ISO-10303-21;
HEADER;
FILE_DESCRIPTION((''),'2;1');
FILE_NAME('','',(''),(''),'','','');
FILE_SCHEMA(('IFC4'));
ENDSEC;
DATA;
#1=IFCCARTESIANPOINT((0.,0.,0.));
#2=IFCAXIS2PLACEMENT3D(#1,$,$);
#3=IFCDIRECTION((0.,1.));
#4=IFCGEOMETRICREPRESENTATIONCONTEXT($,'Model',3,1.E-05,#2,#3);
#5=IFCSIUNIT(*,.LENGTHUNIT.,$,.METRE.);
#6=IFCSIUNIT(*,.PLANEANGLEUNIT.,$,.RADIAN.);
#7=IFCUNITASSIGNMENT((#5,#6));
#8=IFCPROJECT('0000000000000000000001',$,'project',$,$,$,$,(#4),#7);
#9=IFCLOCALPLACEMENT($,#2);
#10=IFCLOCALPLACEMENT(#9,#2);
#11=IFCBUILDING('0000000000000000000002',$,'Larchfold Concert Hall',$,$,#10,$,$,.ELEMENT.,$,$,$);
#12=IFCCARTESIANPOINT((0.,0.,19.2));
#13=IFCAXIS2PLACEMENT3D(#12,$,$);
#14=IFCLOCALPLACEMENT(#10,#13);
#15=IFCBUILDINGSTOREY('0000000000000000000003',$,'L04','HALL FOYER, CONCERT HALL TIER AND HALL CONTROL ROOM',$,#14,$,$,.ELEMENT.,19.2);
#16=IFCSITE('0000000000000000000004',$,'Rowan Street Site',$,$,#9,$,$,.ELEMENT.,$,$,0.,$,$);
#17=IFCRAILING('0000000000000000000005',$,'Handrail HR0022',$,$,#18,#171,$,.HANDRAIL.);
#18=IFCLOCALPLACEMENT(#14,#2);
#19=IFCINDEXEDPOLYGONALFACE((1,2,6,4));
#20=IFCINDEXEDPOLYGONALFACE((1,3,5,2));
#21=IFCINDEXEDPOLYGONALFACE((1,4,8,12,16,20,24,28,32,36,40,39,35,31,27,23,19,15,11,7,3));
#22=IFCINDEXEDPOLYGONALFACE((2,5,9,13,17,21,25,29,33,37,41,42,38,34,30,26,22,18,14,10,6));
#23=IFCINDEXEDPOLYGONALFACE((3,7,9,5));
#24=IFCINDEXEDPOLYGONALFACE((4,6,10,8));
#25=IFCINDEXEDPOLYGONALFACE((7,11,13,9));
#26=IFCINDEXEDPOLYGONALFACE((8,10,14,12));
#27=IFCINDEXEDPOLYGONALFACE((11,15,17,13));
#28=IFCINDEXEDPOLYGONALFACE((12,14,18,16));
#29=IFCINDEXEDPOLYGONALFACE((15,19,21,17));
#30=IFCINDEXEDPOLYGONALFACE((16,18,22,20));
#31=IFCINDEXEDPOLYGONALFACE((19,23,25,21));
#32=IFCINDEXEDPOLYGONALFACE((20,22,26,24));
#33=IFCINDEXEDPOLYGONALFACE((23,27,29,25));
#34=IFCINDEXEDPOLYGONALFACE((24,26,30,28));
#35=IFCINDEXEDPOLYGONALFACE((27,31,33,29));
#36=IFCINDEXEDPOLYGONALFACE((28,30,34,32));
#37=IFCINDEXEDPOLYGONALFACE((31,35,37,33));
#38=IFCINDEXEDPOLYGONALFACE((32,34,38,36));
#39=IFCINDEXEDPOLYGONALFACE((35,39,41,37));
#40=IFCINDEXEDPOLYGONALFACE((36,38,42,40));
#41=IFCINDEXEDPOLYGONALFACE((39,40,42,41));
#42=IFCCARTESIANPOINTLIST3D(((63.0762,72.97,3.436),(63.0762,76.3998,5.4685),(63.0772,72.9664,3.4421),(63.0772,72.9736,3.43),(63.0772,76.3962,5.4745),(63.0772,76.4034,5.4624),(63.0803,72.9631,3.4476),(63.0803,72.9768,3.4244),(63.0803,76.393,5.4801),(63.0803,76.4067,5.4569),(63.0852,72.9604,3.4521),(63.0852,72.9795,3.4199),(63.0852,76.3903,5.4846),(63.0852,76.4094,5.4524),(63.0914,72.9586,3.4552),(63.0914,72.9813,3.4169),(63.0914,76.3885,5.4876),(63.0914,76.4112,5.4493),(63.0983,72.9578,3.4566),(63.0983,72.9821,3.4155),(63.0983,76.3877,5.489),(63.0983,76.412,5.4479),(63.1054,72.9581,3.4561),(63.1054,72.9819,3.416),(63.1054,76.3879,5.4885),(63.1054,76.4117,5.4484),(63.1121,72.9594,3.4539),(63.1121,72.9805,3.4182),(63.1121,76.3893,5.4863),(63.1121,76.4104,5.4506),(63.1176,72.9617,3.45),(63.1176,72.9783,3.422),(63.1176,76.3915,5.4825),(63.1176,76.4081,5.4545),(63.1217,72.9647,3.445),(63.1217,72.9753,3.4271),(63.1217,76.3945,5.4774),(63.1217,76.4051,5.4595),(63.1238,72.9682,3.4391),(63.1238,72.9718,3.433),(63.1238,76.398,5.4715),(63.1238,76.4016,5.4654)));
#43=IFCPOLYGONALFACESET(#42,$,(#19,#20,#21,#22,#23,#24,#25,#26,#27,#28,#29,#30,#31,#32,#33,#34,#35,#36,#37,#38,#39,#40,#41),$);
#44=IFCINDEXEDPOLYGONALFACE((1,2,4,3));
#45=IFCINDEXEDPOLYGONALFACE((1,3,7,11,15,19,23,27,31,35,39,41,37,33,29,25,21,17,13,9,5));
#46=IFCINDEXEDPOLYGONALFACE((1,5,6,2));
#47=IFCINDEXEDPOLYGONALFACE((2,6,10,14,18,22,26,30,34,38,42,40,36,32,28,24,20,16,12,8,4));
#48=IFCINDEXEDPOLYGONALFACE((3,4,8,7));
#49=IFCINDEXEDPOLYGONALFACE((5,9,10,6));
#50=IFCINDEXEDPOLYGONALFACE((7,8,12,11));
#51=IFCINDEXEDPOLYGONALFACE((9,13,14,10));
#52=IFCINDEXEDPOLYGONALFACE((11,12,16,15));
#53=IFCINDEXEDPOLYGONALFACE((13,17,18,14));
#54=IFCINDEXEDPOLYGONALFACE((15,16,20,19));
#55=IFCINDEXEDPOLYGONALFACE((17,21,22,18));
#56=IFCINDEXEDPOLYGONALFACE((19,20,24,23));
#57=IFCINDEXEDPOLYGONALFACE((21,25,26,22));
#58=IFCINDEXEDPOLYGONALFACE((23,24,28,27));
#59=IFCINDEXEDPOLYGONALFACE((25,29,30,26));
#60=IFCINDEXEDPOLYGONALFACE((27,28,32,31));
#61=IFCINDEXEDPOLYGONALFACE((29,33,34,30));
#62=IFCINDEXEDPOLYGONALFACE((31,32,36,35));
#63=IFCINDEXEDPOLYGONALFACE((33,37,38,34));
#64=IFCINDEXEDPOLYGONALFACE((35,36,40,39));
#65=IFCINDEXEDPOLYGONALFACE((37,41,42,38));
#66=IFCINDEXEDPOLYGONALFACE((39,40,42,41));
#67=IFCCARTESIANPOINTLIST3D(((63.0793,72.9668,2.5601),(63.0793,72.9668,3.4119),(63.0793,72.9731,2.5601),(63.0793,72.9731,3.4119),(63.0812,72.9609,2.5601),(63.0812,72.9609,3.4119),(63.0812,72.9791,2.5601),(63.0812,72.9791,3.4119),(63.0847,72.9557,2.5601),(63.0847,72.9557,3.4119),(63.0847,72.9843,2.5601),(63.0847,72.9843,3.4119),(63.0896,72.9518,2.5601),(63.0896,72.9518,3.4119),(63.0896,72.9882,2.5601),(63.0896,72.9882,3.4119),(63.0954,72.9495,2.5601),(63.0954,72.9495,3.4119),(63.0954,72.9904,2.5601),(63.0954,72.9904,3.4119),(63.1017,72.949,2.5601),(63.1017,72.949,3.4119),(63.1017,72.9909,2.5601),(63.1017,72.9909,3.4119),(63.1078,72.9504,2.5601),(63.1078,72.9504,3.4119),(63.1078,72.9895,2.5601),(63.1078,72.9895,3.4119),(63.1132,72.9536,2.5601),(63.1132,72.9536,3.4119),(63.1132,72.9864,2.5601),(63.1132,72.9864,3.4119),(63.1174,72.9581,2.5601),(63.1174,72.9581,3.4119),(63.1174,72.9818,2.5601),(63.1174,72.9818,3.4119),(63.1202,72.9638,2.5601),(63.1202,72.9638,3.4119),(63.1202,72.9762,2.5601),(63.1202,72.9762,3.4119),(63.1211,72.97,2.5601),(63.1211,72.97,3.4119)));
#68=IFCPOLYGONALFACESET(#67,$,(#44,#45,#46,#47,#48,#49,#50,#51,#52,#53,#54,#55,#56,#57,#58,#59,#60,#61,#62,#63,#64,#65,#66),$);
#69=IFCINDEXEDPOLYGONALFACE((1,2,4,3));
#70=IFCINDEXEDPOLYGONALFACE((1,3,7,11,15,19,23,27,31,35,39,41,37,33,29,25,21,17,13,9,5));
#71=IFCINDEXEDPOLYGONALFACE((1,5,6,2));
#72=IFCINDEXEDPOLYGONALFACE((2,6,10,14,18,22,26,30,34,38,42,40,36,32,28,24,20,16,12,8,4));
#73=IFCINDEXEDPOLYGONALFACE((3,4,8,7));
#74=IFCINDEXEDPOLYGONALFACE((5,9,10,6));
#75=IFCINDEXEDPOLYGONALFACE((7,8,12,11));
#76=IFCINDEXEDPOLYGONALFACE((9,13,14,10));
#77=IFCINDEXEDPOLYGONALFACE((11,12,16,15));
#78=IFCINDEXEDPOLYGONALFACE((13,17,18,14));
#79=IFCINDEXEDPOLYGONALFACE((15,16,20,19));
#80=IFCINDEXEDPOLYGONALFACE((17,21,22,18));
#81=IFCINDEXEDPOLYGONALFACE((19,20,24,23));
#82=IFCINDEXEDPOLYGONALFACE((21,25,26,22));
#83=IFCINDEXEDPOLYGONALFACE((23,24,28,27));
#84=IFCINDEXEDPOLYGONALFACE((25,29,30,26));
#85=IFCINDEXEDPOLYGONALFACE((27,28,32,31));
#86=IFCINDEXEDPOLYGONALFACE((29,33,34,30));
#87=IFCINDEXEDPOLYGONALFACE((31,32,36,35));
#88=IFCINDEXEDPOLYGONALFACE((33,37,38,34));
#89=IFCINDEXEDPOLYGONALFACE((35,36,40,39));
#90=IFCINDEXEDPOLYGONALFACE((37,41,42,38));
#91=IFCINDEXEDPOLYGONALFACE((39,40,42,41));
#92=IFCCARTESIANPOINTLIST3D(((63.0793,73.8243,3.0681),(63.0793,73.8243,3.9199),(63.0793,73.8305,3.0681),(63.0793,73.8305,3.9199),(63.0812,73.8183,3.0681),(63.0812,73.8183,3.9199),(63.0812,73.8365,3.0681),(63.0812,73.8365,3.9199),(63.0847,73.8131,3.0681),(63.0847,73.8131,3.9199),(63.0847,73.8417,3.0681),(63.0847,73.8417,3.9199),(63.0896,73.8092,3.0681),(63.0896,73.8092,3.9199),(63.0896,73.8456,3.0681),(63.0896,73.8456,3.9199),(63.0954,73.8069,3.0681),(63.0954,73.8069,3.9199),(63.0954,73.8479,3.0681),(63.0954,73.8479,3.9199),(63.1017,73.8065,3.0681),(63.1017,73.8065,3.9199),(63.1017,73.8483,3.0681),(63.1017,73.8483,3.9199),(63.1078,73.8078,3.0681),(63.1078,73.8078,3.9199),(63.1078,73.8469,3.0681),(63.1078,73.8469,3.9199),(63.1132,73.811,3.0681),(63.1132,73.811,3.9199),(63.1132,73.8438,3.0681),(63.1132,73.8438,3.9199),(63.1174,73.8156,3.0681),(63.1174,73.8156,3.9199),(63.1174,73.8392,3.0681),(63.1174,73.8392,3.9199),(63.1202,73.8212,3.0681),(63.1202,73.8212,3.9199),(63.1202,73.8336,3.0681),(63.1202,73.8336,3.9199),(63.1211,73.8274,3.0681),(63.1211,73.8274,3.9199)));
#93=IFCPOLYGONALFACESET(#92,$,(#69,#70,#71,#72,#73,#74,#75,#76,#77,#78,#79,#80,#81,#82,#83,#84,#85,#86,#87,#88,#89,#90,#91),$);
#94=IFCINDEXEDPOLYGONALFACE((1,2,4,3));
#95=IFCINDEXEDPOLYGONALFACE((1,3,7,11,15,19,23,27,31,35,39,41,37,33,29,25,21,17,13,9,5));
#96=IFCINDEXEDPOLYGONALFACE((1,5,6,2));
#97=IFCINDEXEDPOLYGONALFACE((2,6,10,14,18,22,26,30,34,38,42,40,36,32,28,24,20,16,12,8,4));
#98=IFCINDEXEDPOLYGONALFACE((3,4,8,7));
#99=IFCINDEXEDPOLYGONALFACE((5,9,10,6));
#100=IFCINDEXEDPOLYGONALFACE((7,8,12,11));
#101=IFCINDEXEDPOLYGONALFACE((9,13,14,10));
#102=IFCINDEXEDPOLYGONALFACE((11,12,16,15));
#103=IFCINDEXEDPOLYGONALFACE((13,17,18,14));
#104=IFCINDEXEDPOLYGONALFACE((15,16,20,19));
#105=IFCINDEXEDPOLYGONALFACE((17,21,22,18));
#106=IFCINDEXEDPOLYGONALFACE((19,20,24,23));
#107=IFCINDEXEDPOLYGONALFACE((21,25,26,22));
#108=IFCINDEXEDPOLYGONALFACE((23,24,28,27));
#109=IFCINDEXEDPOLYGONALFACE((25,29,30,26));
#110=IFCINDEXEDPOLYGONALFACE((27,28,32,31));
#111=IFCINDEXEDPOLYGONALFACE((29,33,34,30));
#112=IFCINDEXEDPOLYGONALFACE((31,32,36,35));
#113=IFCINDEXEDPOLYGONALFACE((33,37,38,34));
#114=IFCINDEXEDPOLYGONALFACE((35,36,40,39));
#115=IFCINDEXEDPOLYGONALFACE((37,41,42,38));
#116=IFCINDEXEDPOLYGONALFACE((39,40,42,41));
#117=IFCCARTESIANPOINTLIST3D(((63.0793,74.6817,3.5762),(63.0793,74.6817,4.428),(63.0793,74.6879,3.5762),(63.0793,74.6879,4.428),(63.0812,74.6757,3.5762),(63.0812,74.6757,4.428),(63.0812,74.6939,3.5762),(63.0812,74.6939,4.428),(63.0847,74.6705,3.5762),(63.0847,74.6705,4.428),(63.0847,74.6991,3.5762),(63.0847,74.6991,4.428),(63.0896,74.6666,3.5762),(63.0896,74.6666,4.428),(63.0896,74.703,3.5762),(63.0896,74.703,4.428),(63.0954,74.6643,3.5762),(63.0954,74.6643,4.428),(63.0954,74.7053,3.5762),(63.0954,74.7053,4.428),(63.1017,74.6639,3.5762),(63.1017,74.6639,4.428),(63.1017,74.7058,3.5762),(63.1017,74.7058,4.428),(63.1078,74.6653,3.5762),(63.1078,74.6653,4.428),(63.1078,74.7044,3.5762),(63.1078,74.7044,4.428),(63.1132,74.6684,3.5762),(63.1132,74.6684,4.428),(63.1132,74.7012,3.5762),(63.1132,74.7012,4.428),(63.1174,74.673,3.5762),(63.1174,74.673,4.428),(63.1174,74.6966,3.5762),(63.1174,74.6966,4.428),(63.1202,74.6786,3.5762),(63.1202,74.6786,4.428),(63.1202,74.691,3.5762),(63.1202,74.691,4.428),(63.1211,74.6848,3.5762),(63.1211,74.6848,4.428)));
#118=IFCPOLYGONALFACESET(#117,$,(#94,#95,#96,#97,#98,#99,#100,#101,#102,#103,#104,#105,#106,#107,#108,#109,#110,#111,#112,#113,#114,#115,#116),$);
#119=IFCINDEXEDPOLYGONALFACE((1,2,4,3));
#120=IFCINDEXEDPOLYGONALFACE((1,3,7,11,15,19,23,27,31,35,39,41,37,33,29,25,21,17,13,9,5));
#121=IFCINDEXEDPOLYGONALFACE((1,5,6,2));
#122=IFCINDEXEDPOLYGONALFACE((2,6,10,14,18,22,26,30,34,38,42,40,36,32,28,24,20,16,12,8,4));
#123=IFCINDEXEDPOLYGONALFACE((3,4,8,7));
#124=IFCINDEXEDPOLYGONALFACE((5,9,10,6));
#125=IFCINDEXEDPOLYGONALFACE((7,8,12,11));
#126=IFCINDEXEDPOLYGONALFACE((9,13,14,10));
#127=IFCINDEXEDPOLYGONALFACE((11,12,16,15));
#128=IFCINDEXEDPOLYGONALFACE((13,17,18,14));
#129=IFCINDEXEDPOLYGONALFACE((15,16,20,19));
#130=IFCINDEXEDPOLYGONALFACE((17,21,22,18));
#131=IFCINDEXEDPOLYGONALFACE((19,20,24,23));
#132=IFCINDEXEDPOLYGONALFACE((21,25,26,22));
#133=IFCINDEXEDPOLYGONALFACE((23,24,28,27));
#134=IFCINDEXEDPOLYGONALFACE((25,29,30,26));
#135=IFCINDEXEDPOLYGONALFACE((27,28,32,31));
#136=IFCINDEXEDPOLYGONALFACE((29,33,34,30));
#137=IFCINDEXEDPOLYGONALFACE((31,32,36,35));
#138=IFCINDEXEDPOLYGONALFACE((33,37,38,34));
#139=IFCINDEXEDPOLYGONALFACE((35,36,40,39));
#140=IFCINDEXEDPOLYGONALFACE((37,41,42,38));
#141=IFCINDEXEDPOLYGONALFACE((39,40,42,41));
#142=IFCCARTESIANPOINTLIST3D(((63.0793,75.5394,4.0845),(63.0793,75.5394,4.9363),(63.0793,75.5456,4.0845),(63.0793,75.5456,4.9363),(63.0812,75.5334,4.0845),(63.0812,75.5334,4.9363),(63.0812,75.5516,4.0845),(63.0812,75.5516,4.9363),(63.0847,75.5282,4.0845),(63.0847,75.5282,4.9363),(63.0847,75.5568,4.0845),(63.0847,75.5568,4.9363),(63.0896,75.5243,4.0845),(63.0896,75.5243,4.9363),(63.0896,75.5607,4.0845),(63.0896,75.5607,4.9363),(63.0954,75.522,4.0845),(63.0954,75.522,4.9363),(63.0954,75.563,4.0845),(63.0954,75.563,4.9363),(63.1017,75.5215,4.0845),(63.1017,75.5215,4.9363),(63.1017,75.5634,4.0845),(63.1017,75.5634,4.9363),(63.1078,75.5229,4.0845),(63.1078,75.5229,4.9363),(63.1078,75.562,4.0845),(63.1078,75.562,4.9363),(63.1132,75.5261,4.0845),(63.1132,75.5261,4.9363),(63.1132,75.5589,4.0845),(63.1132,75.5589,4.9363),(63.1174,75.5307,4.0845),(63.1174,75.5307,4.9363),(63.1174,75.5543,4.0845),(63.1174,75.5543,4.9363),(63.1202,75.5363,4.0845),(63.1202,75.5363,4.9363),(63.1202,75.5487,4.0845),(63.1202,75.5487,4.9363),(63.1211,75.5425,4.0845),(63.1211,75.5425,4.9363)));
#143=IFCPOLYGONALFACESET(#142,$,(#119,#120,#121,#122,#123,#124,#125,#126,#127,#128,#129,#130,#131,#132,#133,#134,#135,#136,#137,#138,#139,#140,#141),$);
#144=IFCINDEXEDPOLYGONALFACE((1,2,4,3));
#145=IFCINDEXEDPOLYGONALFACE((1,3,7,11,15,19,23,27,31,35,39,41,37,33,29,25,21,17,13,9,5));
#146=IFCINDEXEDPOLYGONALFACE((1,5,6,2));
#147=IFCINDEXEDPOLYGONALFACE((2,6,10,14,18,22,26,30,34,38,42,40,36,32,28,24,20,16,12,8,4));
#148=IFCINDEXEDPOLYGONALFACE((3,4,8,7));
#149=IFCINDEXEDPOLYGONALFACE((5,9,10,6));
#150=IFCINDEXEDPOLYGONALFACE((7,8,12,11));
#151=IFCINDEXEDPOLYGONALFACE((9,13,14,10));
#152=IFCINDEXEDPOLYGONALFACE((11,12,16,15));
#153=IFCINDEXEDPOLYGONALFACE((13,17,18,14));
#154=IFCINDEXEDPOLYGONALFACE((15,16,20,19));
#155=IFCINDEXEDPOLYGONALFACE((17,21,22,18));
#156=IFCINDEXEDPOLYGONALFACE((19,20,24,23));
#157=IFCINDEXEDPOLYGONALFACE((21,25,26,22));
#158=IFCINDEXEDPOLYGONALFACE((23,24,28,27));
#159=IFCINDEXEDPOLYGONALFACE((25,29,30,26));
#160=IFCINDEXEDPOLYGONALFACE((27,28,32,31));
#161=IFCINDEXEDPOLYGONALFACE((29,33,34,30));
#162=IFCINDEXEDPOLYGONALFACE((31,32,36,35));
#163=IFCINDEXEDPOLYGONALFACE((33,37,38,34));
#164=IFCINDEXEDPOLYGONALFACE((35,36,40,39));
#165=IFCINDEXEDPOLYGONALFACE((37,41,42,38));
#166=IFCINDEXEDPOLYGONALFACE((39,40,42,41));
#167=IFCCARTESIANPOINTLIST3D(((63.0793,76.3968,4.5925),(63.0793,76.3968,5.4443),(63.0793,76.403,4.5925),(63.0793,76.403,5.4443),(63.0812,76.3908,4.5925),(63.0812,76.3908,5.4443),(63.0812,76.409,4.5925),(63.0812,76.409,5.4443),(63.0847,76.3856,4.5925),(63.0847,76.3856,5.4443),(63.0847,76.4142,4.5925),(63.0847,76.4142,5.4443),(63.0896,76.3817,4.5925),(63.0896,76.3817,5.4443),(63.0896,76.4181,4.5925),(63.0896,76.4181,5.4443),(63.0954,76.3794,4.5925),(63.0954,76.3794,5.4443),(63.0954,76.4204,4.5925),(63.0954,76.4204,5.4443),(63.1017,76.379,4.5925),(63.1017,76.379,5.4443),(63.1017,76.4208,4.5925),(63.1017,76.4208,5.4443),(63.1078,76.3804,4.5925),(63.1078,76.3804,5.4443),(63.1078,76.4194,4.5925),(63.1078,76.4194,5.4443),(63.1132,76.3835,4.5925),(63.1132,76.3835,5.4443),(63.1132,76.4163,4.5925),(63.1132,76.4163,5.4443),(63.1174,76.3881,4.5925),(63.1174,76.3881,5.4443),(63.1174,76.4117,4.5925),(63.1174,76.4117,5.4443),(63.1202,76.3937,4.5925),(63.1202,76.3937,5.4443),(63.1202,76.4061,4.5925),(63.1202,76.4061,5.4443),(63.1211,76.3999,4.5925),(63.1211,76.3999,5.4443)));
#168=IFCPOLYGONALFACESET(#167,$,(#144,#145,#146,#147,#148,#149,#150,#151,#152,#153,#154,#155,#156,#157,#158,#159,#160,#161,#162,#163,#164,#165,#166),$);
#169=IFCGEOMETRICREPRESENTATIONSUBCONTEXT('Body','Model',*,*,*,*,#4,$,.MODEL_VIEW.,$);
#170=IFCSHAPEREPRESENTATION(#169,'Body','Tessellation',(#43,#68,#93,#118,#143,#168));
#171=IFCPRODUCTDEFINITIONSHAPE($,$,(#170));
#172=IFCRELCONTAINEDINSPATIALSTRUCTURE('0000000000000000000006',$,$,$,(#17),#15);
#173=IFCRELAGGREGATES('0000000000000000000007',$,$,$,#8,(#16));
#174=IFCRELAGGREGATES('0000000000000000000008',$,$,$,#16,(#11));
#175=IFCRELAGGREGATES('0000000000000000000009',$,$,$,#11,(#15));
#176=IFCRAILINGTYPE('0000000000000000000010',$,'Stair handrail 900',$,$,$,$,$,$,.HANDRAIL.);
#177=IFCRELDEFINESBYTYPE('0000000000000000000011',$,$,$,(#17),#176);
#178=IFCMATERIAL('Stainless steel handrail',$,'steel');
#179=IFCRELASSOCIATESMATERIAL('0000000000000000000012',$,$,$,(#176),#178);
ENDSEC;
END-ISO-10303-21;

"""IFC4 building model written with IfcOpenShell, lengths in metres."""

from ifc_helpers import new_model, si_unit, direction, frame, origin, origin_2d, place, context, subcontext, project, spatial, circle, extrude, material, type_object, element, save


model = new_model("IFC4")

# Units and contexts
model_context = context("Model", 3, precision=1e-05, world=origin(), true_north=direction((0.0, 1.0)))
body_context = subcontext(model_context, "Body", "Model", "MODEL_VIEW")
ifc_project = project(units=[si_unit("LENGTHUNIT", "METRE"), si_unit("PLANEANGLEUNIT", "RADIAN")], contexts=[model_context])

# Site, building, storey
site_placement = place(None, origin())
site = spatial("IfcSite", under=ifc_project, at=site_placement, Name="Rowan Street Site", CompositionType="ELEMENT", RefElevation=0.0)
building_placement = place(site_placement, origin())
building = spatial("IfcBuilding", under=site, at=building_placement, Name="Larchfold Concert Hall", CompositionType="ELEMENT")
storey_placement = place(building_placement, frame((0.0, 0.0, 19.2)))
storey = spatial("IfcBuildingStorey", under=building, at=storey_placement, Name="L04", Description="HALL FOYER, CONCERT HALL TIER AND HALL CONTROL ROOM", CompositionType="ELEMENT", Elevation=19.2)

# Railing
ifc_material_1 = material(Name="Stainless steel handrail", Category="steel")
railing_type_1 = type_object("IfcRailingType", Name="Stair handrail 900", PredefinedType="HANDRAIL", material=ifc_material_1)
railing_1_placement = place(storey_placement, frame((63.1001, 72.97, 2.5601)))
element("IfcRailing", 1, at=railing_1_placement, inside=storey, type_object=railing_type_1, Name="Handrail HR0022", PredefinedType="HANDRAIL", context=body_context, shape_type="SweptSolid", body=[
    extrude(circle(Radius=0.0239, at=origin_2d()), frame((0.0, 0.0, 0.876), z_axis=(0.0, 0.8603, 0.509787), x_axis=(-1.0, 0.0, 0.0)), (0.0, 0.0, 1.0), 3.9868),
    extrude(circle(Radius=0.021, at=origin_2d()), origin(), (0.0, 0.0, 1.0), 0.8518),
    extrude(circle(Radius=0.021, at=origin_2d()), frame((0.0, 0.8574, 0.5081)), (0.0, 0.0, 1.0), 0.8518),
    extrude(circle(Radius=0.021, at=origin_2d()), frame((0.0, 1.7148, 1.0161)), (0.0, 0.0, 1.0), 0.8518),
    extrude(circle(Radius=0.021, at=origin_2d()), frame((0.0, 2.5725, 1.5244)), (0.0, 0.0, 1.0), 0.8518),
    extrude(circle(Radius=0.021, at=origin_2d()), frame((0.0, 3.4299, 2.0325)), (0.0, 0.0, 1.0), 0.8518),
])

save(model, "model.ifc")
